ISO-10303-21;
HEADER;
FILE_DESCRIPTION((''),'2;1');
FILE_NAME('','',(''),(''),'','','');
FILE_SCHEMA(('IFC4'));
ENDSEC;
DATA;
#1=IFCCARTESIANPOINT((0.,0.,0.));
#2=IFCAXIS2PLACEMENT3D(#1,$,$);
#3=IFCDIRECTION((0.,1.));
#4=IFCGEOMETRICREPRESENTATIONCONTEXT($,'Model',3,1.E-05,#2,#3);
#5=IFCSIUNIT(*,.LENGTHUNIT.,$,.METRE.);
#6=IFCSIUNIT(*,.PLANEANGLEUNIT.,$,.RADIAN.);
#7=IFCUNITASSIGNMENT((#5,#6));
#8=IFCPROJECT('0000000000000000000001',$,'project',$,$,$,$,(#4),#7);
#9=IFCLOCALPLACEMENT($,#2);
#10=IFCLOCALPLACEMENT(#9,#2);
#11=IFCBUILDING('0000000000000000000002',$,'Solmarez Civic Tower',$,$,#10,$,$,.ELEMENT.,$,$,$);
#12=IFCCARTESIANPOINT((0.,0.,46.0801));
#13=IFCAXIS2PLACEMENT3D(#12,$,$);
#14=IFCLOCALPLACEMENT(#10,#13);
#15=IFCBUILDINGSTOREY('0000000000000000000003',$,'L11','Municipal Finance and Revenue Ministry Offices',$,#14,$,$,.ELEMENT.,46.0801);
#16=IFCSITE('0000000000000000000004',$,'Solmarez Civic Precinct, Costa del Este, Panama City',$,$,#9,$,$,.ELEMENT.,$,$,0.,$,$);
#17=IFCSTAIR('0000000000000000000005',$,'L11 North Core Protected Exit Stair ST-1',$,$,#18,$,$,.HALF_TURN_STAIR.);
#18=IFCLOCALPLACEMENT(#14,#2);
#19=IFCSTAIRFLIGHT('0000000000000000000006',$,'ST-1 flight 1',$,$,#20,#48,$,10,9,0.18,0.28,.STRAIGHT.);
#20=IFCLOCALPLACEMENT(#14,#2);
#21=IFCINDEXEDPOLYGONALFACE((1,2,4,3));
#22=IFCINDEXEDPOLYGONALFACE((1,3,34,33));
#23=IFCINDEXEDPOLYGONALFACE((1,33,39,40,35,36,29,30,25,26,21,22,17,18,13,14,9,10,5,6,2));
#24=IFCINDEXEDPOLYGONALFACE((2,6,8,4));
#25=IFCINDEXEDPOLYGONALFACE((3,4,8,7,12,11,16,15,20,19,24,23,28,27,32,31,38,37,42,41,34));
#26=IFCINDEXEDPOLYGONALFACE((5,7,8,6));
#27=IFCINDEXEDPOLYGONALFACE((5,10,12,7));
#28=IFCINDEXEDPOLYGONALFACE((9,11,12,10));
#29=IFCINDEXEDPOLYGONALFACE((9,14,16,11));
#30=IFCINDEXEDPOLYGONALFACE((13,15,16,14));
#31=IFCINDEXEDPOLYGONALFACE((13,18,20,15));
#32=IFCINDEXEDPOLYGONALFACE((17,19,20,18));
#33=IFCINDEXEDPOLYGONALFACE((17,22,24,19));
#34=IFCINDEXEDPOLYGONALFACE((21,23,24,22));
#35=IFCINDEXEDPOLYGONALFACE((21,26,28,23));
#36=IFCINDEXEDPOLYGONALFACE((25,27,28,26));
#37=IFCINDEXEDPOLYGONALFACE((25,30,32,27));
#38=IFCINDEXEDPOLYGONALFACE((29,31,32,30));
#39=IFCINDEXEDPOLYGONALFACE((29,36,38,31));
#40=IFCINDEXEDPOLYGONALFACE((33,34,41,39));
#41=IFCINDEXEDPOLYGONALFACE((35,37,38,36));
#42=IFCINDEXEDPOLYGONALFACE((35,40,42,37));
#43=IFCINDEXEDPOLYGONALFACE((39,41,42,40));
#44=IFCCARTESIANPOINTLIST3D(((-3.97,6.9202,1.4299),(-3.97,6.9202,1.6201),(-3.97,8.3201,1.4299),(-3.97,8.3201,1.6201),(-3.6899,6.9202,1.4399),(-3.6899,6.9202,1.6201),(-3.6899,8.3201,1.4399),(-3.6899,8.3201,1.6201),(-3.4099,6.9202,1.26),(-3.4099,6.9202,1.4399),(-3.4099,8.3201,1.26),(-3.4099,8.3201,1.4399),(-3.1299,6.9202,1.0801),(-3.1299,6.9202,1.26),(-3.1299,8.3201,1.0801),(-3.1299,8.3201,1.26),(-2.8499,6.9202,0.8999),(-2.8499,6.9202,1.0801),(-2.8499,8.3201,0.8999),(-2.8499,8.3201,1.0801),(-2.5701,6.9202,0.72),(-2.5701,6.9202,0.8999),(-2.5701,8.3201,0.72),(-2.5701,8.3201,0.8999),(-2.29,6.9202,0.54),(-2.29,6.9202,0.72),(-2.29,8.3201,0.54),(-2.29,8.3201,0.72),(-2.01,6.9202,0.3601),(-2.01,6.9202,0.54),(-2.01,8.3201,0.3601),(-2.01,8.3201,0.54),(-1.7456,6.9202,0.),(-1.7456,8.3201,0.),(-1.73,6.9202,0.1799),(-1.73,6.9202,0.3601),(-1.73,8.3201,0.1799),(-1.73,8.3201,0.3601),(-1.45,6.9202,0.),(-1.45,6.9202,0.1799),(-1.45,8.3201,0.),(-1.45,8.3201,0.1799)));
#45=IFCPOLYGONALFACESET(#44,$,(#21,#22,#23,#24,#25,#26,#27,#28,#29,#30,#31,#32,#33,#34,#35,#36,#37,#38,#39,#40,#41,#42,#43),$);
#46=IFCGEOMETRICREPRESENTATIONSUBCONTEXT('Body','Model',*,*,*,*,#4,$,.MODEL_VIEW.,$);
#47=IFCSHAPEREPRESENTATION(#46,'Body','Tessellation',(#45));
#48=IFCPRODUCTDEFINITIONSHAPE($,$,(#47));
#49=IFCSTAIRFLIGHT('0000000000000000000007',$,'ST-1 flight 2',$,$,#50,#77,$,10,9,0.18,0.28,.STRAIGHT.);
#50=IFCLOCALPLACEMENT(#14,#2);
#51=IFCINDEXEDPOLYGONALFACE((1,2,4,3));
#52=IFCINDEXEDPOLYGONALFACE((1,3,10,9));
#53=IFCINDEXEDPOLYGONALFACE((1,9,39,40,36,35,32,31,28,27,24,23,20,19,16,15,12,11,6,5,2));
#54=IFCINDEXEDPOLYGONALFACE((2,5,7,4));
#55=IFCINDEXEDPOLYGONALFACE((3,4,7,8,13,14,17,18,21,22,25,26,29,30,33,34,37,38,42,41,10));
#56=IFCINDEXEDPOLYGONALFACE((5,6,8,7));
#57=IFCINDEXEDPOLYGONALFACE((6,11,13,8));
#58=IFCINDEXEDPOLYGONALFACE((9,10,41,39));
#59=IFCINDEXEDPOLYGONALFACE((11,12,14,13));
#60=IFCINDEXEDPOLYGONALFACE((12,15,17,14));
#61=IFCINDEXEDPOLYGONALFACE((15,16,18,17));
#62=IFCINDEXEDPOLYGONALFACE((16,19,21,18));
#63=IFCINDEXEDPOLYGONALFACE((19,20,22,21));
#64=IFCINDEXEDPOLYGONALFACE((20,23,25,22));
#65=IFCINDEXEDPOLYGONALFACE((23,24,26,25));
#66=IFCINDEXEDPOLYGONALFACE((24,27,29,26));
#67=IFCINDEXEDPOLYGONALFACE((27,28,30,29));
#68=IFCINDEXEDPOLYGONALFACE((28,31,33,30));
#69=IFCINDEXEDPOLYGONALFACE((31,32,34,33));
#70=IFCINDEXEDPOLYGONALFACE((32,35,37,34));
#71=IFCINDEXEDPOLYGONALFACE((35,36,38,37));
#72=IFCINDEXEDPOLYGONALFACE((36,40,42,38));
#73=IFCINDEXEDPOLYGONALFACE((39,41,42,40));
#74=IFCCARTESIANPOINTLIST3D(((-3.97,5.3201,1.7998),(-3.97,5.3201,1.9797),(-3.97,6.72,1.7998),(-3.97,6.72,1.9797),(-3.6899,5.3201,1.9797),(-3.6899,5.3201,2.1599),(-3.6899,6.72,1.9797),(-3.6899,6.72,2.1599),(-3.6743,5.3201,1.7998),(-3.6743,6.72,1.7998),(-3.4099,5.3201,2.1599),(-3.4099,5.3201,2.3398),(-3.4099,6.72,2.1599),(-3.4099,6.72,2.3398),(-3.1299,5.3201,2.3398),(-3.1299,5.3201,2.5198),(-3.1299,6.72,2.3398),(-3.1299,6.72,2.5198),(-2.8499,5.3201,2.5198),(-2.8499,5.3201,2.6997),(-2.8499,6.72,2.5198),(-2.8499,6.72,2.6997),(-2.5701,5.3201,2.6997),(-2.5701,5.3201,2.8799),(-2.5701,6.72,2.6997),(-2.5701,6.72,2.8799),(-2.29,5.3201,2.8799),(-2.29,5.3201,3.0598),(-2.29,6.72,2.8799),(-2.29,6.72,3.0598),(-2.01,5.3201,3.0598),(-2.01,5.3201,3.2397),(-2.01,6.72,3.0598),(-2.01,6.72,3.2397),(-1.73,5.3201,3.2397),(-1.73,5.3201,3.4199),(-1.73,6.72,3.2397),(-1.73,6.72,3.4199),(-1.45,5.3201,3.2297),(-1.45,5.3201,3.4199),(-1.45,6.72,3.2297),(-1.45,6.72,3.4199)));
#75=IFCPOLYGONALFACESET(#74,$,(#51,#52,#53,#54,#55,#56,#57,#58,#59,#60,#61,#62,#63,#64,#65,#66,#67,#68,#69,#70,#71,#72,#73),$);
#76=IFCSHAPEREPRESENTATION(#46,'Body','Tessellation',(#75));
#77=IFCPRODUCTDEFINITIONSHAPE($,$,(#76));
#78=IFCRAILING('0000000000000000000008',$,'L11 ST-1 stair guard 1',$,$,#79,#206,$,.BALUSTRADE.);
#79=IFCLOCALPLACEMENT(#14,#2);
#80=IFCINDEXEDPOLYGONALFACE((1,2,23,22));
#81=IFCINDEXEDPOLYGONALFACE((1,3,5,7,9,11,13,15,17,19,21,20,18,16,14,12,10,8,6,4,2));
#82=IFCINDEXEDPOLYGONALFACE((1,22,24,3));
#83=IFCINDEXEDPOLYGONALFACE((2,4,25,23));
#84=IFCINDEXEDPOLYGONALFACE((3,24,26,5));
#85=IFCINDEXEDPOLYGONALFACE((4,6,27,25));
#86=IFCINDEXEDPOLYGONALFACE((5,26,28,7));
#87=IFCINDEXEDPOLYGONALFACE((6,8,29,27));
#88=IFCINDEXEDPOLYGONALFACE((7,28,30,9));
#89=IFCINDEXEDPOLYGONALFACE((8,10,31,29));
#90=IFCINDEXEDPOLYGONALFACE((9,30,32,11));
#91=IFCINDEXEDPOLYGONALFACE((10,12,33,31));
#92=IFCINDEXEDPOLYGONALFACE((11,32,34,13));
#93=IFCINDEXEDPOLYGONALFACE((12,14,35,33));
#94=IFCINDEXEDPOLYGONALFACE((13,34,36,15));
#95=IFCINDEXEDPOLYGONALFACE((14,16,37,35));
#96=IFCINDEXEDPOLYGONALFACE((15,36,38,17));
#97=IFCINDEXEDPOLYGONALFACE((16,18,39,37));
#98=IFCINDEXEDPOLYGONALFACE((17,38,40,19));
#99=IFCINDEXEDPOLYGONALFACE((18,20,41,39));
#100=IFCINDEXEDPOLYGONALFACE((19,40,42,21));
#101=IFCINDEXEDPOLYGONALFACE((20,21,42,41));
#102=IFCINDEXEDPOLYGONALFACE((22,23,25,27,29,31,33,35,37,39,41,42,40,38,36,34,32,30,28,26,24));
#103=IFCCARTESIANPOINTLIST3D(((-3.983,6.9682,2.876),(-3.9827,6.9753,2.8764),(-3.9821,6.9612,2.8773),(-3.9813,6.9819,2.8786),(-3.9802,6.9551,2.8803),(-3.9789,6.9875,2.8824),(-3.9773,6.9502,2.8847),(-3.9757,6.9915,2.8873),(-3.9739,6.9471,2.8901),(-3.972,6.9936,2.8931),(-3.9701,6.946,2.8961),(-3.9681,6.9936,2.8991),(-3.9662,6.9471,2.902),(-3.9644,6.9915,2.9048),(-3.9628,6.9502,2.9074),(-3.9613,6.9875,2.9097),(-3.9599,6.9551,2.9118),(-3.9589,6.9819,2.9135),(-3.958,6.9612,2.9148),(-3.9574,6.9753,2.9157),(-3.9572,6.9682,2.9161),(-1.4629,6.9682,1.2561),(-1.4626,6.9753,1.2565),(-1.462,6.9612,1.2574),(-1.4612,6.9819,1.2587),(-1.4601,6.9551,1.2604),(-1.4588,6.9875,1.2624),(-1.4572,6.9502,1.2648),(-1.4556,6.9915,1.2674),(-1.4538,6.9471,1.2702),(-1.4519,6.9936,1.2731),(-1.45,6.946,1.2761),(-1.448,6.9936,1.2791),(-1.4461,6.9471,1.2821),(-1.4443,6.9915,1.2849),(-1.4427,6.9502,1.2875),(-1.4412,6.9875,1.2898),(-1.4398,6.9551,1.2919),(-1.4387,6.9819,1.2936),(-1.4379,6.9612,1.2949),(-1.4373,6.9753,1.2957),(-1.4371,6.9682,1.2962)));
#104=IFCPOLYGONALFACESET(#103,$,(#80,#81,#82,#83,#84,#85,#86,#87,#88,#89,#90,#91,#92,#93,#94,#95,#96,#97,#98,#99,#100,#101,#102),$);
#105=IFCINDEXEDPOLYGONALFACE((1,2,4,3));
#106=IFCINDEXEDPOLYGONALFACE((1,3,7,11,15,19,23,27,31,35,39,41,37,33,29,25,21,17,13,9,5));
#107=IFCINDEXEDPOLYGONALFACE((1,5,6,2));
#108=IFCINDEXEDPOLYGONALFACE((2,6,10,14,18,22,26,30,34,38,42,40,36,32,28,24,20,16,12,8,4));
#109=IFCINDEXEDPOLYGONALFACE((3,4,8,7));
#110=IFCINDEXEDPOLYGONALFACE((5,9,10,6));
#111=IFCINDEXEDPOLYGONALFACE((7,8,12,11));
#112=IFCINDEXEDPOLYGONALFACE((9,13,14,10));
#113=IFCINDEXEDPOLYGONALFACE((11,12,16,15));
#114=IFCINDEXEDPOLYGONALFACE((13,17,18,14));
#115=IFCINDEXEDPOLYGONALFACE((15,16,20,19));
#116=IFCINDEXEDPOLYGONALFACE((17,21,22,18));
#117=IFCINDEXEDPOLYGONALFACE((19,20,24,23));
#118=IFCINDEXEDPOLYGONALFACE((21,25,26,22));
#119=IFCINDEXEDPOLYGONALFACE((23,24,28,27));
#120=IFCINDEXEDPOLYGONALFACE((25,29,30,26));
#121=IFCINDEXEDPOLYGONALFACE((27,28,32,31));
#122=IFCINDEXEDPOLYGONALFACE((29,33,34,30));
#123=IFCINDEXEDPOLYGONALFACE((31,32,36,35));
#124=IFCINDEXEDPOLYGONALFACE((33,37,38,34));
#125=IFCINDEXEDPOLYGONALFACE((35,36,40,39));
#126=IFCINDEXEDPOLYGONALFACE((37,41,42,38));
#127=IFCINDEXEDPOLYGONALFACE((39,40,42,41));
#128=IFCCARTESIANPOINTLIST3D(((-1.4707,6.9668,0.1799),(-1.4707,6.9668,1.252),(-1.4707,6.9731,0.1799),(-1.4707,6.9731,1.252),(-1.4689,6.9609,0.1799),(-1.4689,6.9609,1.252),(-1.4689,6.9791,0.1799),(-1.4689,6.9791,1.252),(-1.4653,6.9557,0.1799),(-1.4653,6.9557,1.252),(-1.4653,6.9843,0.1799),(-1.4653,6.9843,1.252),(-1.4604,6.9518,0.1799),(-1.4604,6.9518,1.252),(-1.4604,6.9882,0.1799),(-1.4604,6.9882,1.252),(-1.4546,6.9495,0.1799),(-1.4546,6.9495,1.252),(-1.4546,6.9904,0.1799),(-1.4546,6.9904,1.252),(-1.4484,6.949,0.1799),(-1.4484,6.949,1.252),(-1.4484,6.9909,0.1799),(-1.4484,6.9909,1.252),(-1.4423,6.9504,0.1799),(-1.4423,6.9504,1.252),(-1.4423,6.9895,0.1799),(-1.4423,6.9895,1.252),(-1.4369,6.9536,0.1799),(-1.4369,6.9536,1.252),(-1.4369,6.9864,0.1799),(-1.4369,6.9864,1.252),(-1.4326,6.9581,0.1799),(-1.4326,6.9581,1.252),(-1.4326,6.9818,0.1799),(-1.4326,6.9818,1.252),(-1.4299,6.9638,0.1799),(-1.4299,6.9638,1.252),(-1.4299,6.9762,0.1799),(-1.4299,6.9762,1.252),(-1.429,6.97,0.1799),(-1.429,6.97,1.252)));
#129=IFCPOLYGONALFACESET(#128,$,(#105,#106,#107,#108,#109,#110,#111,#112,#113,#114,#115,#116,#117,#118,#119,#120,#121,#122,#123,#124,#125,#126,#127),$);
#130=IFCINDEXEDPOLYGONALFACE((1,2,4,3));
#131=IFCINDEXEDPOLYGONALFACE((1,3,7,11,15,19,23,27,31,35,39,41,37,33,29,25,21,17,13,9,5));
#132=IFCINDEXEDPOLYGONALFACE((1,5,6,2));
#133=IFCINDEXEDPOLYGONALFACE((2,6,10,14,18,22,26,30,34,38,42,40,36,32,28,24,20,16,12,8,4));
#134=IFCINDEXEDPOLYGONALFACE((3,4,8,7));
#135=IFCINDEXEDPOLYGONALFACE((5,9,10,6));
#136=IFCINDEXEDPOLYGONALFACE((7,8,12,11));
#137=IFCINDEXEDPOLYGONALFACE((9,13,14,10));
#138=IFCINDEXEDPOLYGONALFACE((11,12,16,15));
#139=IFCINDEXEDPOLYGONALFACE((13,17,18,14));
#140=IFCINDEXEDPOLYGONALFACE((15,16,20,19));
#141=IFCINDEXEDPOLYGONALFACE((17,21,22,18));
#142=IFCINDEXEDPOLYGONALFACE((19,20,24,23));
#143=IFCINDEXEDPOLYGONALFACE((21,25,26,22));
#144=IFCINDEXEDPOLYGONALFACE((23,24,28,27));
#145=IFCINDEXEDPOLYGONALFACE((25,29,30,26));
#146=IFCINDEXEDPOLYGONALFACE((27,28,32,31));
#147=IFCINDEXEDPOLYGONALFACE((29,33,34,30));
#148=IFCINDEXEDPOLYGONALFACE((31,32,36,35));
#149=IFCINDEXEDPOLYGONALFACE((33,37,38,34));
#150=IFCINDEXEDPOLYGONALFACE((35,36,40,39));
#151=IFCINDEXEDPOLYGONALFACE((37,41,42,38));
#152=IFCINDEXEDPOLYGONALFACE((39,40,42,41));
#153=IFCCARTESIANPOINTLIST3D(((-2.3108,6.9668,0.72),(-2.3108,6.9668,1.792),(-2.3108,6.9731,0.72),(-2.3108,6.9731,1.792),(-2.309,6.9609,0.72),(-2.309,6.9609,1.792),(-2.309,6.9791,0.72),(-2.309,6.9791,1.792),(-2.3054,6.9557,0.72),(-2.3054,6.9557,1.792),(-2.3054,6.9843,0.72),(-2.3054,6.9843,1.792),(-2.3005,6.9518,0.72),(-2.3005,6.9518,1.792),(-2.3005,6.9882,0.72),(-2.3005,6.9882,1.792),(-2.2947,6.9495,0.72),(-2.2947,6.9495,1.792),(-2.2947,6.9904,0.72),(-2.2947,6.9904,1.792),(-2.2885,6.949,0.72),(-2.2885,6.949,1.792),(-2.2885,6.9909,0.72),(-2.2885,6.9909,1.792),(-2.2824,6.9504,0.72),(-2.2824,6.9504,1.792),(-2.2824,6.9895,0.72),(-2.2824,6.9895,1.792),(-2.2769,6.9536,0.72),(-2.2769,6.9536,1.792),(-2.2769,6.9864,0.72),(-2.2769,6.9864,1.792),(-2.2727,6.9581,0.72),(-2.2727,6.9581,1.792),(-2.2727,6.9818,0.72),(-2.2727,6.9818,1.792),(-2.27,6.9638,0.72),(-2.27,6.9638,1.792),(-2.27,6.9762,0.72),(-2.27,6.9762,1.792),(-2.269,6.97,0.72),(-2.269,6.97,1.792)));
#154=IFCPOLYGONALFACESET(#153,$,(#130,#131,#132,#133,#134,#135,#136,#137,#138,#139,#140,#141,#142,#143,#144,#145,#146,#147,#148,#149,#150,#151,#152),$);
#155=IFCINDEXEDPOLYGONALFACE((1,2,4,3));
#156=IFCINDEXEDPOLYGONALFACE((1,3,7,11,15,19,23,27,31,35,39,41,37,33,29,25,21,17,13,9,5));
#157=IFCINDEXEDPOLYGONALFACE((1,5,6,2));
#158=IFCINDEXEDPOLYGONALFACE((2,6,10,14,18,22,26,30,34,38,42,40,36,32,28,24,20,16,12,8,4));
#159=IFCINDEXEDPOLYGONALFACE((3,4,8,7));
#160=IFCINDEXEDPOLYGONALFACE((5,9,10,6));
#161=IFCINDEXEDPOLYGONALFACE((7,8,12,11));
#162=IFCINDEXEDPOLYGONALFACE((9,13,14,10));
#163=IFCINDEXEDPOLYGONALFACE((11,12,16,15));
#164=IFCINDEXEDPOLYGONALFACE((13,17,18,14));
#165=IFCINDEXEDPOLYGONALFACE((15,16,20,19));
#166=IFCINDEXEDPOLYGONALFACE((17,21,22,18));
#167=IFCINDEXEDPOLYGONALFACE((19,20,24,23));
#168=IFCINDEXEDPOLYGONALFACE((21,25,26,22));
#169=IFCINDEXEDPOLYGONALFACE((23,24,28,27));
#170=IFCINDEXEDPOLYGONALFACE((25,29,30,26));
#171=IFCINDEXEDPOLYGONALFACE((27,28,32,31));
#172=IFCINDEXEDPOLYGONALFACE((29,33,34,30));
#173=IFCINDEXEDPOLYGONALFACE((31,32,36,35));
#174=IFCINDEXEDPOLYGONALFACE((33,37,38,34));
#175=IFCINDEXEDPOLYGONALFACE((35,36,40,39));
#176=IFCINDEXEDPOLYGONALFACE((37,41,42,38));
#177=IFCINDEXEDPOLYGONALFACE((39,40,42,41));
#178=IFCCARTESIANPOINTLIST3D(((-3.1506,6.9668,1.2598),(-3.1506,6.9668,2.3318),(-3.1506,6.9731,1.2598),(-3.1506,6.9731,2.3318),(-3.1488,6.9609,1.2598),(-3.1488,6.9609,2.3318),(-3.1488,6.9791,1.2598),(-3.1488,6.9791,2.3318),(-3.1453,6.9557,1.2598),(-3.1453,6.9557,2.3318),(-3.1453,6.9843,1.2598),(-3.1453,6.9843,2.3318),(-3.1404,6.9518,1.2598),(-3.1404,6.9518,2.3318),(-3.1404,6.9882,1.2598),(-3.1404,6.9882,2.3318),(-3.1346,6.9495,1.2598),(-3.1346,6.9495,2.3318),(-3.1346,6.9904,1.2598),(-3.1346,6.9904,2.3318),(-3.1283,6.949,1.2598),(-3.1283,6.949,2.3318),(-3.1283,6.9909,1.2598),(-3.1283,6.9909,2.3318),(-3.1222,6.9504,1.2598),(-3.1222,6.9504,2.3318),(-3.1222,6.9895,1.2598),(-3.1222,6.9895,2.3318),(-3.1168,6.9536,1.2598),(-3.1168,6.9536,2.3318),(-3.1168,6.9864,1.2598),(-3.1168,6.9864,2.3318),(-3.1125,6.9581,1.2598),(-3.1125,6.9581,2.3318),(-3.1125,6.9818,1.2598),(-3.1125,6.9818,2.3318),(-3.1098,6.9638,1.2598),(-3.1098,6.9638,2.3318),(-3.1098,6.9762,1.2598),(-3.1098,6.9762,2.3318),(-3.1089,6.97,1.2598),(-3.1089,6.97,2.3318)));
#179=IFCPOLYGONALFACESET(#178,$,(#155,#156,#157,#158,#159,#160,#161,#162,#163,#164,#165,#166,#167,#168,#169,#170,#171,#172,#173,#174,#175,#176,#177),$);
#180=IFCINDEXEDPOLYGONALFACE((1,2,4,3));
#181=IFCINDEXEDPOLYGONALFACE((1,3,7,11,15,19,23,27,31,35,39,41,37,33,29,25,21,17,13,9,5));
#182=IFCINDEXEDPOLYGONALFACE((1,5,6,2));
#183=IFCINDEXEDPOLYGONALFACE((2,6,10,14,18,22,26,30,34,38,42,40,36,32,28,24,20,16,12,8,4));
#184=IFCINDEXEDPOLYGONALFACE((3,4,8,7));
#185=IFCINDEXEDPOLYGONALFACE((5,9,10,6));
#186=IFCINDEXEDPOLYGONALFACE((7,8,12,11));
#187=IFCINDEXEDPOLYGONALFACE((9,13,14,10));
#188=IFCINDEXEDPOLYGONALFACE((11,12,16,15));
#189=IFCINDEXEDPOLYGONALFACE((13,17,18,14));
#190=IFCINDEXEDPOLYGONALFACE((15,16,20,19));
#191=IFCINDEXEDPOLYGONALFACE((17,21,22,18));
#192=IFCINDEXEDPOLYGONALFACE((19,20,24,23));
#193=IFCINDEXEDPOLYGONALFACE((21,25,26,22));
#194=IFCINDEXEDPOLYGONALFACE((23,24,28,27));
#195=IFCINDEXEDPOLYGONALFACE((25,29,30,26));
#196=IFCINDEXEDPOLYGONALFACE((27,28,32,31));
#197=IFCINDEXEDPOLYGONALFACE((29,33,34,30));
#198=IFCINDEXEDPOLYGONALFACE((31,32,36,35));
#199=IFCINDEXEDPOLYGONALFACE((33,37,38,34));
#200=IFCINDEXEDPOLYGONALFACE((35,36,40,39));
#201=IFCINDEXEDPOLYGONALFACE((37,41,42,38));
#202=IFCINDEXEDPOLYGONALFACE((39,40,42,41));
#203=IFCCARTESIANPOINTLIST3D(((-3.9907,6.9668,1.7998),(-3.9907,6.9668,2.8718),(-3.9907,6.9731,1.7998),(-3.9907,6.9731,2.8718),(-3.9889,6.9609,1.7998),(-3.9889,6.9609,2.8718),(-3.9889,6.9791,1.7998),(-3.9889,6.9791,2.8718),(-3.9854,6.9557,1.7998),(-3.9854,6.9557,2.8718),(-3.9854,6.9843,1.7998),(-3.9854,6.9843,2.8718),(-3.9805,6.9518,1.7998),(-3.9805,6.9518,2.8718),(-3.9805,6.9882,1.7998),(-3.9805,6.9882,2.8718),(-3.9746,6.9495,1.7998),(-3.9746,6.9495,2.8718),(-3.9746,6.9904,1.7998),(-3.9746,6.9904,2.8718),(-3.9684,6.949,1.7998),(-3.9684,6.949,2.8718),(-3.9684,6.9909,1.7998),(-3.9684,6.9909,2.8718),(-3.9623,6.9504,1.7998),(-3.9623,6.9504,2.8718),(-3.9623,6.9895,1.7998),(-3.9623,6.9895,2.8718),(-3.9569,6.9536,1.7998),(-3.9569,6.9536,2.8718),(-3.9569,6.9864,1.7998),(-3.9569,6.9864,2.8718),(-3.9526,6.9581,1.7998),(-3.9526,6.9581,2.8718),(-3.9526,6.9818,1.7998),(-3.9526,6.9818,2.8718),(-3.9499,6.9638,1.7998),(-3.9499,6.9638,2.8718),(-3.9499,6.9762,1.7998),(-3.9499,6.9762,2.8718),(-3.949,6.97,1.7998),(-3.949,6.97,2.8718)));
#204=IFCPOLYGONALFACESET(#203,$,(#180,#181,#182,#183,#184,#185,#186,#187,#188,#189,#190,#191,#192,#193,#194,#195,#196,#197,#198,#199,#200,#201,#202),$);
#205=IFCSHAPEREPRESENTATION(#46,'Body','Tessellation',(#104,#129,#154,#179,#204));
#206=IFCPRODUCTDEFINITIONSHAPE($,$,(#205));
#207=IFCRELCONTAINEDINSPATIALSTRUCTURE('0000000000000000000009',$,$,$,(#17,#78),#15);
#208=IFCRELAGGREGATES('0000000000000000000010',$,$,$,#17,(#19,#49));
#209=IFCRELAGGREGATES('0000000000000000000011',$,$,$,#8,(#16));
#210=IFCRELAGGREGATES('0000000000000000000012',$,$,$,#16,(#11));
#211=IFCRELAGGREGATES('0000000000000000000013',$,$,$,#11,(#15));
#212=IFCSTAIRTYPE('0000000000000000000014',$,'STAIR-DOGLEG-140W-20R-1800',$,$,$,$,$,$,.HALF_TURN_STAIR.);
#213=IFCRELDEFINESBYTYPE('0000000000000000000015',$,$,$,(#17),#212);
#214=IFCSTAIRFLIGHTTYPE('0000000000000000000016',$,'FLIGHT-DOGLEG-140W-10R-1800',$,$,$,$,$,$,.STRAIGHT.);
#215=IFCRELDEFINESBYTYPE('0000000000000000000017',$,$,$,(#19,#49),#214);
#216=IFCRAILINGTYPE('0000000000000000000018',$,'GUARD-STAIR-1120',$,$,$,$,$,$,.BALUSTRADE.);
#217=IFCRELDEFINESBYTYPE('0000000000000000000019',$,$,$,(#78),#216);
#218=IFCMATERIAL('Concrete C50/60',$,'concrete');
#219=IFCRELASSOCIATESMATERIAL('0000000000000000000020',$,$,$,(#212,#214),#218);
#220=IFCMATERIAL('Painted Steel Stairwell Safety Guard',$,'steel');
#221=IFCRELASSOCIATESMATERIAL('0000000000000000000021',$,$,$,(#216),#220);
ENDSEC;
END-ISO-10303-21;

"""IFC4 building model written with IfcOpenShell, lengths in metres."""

from ifc_helpers import new_model, si_unit, direction, frame, origin, origin_2d, place, context, subcontext, project, spatial, polyline, circle, outline, extrude, material, type_object, element, aggregate, save


model = new_model("IFC4")

# Units and contexts
model_context = context("Model", 3, precision=1e-05, world=origin(), true_north=direction((0.0, 1.0)))
body_context = subcontext(model_context, "Body", "Model", "MODEL_VIEW")
ifc_project = project(units=[si_unit("LENGTHUNIT", "METRE"), si_unit("PLANEANGLEUNIT", "RADIAN")], contexts=[model_context])

# Site, building, storey
site_placement = place(None, origin())
site = spatial("IfcSite", under=ifc_project, at=site_placement, Name="Solmarez Civic Precinct, Costa del Este, Panama City", CompositionType="ELEMENT", RefElevation=0.0)
building_placement = place(site_placement, origin())
building = spatial("IfcBuilding", under=site, at=building_placement, Name="Solmarez Civic Tower", CompositionType="ELEMENT")
storey_placement = place(building_placement, frame((0.0, 0.0, 46.0801)))
storey = spatial("IfcBuildingStorey", under=building, at=storey_placement, Name="L11", Description="Municipal Finance and Revenue Ministry Offices", CompositionType="ELEMENT", Elevation=46.0801)

# Shared definitions
ifc_material_1 = material(Name="Concrete C50/60", Category="concrete")

# Stair, stair flights
stair_type = type_object("IfcStairType", Name="STAIR-DOGLEG-140W-20R-1800", PredefinedType="HALF_TURN_STAIR", material=ifc_material_1)
stair_placement = place(storey_placement, origin())
stair = element("IfcStair", 1, at=stair_placement, inside=storey, type_object=stair_type, Name="L11 North Core Protected Exit Stair ST-1", PredefinedType="HALF_TURN_STAIR")
stair_flight_type = type_object("IfcStairFlightType", Name="FLIGHT-DOGLEG-140W-10R-1800", PredefinedType="STRAIGHT", material=ifc_material_1)
stair_flight_1_placement = place(storey_placement, frame((-1.45, 7.6201, 0.0), z_axis=(0.0, 0.0, 1.0), x_axis=(-1.0, 0.0, 0.0)))
stair_flight_1 = element("IfcStairFlight", 2, at=stair_flight_1_placement, type_object=stair_flight_type, Name="ST-1 flight 1", NumberOfRisers=10, NumberOfTreads=9, PredefinedType="STRAIGHT", RiserHeight=0.18, TreadLength=0.28, context=body_context, shape_type="SweptSolid", body=[
    extrude(outline(polyline([(0.0, 0.0), (0.0, 0.1799), (0.28, 0.1799), (0.28, 0.3601), (0.5601, 0.3601), (0.5601, 0.54), (0.8401, 0.54), (0.8401, 0.72), (1.1201, 0.72), (1.1201, 0.8999), (1.3999, 0.8999), (1.3999, 1.0801), (1.6799, 1.0801), (1.6799, 1.26), (1.96, 1.26), (1.96, 1.4399), (2.24, 1.4399), (2.24, 1.6201), (2.52, 1.6201), (2.52, 1.8), (2.52, 1.4299), (0.2957, 0.0), (0.0, 0.0)])), frame((0.0, 0.7, 0.0), z_axis=(0.0, -1.0, 0.0), x_axis=(1.0, 0.0, 0.0)), (0.0, 0.0, 1.0), 1.3999),
])
stair_flight_2_placement = place(storey_placement, frame((-3.97, 6.02, 1.7998), z_axis=(0.0, 0.0, 1.0), x_axis=(1.0, 0.0, 0.0)))
stair_flight_2 = element("IfcStairFlight", 3, at=stair_flight_2_placement, type_object=stair_flight_type, Name="ST-1 flight 2", NumberOfRisers=10, NumberOfTreads=9, PredefinedType="STRAIGHT", RiserHeight=0.18, TreadLength=0.28, context=body_context, shape_type="SweptSolid", body=[
    extrude(outline(polyline([(0.0, 0.0), (0.0, 0.1799), (0.28, 0.1799), (0.28, 0.3601), (0.5601, 0.3601), (0.5601, 0.54), (0.8401, 0.54), (0.8401, 0.72), (1.1201, 0.72), (1.1201, 0.8999), (1.3999, 0.8999), (1.3999, 1.0801), (1.6799, 1.0801), (1.6799, 1.26), (1.96, 1.26), (1.96, 1.4399), (2.24, 1.4399), (2.24, 1.6201), (2.52, 1.6201), (2.52, 1.8), (2.52, 1.4299), (0.2957, 0.0), (0.0, 0.0)])), frame((0.0, 0.7, 0.0), z_axis=(0.0, -1.0, 0.0), x_axis=(1.0, 0.0, 0.0)), (0.0, 0.0, 1.0), 1.3999),
])
aggregate(stair, [stair_flight_1, stair_flight_2])

# Railing
ifc_material_2 = material(Name="Painted Steel Stairwell Safety Guard", Category="steel")
railing_type_1 = type_object("IfcRailingType", Name="GUARD-STAIR-1120", PredefinedType="BALUSTRADE", material=ifc_material_2)
railing_1_placement = place(storey_placement, frame((-1.45, 6.97, 0.1799)))
element("IfcRailing", 4, at=railing_1_placement, inside=storey, type_object=railing_type_1, Name="L11 ST-1 stair guard 1", PredefinedType="BALUSTRADE", context=body_context, shape_type="SweptSolid", body=[
    extrude(circle(Radius=0.0239, at=origin_2d()), frame((0.0, 0.0, 1.0962), z_axis=(-0.8412, 0.0, 0.540725), x_axis=(0.0, -1.0, 0.0)), (0.0, 0.0, 1.0), 2.9958),
    extrude(circle(Radius=0.021, at=origin_2d()), origin(), (0.0, 0.0, 1.0), 1.072),
    extrude(circle(Radius=0.021, at=origin_2d()), frame((-0.8401, 0.0, 0.54)), (0.0, 0.0, 1.0), 1.072),
    extrude(circle(Radius=0.021, at=origin_2d()), frame((-1.6799, 0.0, 1.0798)), (0.0, 0.0, 1.0), 1.072),
    extrude(circle(Radius=0.021, at=origin_2d()), frame((-2.52, 0.0, 1.6199)), (0.0, 0.0, 1.0), 1.072),
])

save(model, "model.ifc")
